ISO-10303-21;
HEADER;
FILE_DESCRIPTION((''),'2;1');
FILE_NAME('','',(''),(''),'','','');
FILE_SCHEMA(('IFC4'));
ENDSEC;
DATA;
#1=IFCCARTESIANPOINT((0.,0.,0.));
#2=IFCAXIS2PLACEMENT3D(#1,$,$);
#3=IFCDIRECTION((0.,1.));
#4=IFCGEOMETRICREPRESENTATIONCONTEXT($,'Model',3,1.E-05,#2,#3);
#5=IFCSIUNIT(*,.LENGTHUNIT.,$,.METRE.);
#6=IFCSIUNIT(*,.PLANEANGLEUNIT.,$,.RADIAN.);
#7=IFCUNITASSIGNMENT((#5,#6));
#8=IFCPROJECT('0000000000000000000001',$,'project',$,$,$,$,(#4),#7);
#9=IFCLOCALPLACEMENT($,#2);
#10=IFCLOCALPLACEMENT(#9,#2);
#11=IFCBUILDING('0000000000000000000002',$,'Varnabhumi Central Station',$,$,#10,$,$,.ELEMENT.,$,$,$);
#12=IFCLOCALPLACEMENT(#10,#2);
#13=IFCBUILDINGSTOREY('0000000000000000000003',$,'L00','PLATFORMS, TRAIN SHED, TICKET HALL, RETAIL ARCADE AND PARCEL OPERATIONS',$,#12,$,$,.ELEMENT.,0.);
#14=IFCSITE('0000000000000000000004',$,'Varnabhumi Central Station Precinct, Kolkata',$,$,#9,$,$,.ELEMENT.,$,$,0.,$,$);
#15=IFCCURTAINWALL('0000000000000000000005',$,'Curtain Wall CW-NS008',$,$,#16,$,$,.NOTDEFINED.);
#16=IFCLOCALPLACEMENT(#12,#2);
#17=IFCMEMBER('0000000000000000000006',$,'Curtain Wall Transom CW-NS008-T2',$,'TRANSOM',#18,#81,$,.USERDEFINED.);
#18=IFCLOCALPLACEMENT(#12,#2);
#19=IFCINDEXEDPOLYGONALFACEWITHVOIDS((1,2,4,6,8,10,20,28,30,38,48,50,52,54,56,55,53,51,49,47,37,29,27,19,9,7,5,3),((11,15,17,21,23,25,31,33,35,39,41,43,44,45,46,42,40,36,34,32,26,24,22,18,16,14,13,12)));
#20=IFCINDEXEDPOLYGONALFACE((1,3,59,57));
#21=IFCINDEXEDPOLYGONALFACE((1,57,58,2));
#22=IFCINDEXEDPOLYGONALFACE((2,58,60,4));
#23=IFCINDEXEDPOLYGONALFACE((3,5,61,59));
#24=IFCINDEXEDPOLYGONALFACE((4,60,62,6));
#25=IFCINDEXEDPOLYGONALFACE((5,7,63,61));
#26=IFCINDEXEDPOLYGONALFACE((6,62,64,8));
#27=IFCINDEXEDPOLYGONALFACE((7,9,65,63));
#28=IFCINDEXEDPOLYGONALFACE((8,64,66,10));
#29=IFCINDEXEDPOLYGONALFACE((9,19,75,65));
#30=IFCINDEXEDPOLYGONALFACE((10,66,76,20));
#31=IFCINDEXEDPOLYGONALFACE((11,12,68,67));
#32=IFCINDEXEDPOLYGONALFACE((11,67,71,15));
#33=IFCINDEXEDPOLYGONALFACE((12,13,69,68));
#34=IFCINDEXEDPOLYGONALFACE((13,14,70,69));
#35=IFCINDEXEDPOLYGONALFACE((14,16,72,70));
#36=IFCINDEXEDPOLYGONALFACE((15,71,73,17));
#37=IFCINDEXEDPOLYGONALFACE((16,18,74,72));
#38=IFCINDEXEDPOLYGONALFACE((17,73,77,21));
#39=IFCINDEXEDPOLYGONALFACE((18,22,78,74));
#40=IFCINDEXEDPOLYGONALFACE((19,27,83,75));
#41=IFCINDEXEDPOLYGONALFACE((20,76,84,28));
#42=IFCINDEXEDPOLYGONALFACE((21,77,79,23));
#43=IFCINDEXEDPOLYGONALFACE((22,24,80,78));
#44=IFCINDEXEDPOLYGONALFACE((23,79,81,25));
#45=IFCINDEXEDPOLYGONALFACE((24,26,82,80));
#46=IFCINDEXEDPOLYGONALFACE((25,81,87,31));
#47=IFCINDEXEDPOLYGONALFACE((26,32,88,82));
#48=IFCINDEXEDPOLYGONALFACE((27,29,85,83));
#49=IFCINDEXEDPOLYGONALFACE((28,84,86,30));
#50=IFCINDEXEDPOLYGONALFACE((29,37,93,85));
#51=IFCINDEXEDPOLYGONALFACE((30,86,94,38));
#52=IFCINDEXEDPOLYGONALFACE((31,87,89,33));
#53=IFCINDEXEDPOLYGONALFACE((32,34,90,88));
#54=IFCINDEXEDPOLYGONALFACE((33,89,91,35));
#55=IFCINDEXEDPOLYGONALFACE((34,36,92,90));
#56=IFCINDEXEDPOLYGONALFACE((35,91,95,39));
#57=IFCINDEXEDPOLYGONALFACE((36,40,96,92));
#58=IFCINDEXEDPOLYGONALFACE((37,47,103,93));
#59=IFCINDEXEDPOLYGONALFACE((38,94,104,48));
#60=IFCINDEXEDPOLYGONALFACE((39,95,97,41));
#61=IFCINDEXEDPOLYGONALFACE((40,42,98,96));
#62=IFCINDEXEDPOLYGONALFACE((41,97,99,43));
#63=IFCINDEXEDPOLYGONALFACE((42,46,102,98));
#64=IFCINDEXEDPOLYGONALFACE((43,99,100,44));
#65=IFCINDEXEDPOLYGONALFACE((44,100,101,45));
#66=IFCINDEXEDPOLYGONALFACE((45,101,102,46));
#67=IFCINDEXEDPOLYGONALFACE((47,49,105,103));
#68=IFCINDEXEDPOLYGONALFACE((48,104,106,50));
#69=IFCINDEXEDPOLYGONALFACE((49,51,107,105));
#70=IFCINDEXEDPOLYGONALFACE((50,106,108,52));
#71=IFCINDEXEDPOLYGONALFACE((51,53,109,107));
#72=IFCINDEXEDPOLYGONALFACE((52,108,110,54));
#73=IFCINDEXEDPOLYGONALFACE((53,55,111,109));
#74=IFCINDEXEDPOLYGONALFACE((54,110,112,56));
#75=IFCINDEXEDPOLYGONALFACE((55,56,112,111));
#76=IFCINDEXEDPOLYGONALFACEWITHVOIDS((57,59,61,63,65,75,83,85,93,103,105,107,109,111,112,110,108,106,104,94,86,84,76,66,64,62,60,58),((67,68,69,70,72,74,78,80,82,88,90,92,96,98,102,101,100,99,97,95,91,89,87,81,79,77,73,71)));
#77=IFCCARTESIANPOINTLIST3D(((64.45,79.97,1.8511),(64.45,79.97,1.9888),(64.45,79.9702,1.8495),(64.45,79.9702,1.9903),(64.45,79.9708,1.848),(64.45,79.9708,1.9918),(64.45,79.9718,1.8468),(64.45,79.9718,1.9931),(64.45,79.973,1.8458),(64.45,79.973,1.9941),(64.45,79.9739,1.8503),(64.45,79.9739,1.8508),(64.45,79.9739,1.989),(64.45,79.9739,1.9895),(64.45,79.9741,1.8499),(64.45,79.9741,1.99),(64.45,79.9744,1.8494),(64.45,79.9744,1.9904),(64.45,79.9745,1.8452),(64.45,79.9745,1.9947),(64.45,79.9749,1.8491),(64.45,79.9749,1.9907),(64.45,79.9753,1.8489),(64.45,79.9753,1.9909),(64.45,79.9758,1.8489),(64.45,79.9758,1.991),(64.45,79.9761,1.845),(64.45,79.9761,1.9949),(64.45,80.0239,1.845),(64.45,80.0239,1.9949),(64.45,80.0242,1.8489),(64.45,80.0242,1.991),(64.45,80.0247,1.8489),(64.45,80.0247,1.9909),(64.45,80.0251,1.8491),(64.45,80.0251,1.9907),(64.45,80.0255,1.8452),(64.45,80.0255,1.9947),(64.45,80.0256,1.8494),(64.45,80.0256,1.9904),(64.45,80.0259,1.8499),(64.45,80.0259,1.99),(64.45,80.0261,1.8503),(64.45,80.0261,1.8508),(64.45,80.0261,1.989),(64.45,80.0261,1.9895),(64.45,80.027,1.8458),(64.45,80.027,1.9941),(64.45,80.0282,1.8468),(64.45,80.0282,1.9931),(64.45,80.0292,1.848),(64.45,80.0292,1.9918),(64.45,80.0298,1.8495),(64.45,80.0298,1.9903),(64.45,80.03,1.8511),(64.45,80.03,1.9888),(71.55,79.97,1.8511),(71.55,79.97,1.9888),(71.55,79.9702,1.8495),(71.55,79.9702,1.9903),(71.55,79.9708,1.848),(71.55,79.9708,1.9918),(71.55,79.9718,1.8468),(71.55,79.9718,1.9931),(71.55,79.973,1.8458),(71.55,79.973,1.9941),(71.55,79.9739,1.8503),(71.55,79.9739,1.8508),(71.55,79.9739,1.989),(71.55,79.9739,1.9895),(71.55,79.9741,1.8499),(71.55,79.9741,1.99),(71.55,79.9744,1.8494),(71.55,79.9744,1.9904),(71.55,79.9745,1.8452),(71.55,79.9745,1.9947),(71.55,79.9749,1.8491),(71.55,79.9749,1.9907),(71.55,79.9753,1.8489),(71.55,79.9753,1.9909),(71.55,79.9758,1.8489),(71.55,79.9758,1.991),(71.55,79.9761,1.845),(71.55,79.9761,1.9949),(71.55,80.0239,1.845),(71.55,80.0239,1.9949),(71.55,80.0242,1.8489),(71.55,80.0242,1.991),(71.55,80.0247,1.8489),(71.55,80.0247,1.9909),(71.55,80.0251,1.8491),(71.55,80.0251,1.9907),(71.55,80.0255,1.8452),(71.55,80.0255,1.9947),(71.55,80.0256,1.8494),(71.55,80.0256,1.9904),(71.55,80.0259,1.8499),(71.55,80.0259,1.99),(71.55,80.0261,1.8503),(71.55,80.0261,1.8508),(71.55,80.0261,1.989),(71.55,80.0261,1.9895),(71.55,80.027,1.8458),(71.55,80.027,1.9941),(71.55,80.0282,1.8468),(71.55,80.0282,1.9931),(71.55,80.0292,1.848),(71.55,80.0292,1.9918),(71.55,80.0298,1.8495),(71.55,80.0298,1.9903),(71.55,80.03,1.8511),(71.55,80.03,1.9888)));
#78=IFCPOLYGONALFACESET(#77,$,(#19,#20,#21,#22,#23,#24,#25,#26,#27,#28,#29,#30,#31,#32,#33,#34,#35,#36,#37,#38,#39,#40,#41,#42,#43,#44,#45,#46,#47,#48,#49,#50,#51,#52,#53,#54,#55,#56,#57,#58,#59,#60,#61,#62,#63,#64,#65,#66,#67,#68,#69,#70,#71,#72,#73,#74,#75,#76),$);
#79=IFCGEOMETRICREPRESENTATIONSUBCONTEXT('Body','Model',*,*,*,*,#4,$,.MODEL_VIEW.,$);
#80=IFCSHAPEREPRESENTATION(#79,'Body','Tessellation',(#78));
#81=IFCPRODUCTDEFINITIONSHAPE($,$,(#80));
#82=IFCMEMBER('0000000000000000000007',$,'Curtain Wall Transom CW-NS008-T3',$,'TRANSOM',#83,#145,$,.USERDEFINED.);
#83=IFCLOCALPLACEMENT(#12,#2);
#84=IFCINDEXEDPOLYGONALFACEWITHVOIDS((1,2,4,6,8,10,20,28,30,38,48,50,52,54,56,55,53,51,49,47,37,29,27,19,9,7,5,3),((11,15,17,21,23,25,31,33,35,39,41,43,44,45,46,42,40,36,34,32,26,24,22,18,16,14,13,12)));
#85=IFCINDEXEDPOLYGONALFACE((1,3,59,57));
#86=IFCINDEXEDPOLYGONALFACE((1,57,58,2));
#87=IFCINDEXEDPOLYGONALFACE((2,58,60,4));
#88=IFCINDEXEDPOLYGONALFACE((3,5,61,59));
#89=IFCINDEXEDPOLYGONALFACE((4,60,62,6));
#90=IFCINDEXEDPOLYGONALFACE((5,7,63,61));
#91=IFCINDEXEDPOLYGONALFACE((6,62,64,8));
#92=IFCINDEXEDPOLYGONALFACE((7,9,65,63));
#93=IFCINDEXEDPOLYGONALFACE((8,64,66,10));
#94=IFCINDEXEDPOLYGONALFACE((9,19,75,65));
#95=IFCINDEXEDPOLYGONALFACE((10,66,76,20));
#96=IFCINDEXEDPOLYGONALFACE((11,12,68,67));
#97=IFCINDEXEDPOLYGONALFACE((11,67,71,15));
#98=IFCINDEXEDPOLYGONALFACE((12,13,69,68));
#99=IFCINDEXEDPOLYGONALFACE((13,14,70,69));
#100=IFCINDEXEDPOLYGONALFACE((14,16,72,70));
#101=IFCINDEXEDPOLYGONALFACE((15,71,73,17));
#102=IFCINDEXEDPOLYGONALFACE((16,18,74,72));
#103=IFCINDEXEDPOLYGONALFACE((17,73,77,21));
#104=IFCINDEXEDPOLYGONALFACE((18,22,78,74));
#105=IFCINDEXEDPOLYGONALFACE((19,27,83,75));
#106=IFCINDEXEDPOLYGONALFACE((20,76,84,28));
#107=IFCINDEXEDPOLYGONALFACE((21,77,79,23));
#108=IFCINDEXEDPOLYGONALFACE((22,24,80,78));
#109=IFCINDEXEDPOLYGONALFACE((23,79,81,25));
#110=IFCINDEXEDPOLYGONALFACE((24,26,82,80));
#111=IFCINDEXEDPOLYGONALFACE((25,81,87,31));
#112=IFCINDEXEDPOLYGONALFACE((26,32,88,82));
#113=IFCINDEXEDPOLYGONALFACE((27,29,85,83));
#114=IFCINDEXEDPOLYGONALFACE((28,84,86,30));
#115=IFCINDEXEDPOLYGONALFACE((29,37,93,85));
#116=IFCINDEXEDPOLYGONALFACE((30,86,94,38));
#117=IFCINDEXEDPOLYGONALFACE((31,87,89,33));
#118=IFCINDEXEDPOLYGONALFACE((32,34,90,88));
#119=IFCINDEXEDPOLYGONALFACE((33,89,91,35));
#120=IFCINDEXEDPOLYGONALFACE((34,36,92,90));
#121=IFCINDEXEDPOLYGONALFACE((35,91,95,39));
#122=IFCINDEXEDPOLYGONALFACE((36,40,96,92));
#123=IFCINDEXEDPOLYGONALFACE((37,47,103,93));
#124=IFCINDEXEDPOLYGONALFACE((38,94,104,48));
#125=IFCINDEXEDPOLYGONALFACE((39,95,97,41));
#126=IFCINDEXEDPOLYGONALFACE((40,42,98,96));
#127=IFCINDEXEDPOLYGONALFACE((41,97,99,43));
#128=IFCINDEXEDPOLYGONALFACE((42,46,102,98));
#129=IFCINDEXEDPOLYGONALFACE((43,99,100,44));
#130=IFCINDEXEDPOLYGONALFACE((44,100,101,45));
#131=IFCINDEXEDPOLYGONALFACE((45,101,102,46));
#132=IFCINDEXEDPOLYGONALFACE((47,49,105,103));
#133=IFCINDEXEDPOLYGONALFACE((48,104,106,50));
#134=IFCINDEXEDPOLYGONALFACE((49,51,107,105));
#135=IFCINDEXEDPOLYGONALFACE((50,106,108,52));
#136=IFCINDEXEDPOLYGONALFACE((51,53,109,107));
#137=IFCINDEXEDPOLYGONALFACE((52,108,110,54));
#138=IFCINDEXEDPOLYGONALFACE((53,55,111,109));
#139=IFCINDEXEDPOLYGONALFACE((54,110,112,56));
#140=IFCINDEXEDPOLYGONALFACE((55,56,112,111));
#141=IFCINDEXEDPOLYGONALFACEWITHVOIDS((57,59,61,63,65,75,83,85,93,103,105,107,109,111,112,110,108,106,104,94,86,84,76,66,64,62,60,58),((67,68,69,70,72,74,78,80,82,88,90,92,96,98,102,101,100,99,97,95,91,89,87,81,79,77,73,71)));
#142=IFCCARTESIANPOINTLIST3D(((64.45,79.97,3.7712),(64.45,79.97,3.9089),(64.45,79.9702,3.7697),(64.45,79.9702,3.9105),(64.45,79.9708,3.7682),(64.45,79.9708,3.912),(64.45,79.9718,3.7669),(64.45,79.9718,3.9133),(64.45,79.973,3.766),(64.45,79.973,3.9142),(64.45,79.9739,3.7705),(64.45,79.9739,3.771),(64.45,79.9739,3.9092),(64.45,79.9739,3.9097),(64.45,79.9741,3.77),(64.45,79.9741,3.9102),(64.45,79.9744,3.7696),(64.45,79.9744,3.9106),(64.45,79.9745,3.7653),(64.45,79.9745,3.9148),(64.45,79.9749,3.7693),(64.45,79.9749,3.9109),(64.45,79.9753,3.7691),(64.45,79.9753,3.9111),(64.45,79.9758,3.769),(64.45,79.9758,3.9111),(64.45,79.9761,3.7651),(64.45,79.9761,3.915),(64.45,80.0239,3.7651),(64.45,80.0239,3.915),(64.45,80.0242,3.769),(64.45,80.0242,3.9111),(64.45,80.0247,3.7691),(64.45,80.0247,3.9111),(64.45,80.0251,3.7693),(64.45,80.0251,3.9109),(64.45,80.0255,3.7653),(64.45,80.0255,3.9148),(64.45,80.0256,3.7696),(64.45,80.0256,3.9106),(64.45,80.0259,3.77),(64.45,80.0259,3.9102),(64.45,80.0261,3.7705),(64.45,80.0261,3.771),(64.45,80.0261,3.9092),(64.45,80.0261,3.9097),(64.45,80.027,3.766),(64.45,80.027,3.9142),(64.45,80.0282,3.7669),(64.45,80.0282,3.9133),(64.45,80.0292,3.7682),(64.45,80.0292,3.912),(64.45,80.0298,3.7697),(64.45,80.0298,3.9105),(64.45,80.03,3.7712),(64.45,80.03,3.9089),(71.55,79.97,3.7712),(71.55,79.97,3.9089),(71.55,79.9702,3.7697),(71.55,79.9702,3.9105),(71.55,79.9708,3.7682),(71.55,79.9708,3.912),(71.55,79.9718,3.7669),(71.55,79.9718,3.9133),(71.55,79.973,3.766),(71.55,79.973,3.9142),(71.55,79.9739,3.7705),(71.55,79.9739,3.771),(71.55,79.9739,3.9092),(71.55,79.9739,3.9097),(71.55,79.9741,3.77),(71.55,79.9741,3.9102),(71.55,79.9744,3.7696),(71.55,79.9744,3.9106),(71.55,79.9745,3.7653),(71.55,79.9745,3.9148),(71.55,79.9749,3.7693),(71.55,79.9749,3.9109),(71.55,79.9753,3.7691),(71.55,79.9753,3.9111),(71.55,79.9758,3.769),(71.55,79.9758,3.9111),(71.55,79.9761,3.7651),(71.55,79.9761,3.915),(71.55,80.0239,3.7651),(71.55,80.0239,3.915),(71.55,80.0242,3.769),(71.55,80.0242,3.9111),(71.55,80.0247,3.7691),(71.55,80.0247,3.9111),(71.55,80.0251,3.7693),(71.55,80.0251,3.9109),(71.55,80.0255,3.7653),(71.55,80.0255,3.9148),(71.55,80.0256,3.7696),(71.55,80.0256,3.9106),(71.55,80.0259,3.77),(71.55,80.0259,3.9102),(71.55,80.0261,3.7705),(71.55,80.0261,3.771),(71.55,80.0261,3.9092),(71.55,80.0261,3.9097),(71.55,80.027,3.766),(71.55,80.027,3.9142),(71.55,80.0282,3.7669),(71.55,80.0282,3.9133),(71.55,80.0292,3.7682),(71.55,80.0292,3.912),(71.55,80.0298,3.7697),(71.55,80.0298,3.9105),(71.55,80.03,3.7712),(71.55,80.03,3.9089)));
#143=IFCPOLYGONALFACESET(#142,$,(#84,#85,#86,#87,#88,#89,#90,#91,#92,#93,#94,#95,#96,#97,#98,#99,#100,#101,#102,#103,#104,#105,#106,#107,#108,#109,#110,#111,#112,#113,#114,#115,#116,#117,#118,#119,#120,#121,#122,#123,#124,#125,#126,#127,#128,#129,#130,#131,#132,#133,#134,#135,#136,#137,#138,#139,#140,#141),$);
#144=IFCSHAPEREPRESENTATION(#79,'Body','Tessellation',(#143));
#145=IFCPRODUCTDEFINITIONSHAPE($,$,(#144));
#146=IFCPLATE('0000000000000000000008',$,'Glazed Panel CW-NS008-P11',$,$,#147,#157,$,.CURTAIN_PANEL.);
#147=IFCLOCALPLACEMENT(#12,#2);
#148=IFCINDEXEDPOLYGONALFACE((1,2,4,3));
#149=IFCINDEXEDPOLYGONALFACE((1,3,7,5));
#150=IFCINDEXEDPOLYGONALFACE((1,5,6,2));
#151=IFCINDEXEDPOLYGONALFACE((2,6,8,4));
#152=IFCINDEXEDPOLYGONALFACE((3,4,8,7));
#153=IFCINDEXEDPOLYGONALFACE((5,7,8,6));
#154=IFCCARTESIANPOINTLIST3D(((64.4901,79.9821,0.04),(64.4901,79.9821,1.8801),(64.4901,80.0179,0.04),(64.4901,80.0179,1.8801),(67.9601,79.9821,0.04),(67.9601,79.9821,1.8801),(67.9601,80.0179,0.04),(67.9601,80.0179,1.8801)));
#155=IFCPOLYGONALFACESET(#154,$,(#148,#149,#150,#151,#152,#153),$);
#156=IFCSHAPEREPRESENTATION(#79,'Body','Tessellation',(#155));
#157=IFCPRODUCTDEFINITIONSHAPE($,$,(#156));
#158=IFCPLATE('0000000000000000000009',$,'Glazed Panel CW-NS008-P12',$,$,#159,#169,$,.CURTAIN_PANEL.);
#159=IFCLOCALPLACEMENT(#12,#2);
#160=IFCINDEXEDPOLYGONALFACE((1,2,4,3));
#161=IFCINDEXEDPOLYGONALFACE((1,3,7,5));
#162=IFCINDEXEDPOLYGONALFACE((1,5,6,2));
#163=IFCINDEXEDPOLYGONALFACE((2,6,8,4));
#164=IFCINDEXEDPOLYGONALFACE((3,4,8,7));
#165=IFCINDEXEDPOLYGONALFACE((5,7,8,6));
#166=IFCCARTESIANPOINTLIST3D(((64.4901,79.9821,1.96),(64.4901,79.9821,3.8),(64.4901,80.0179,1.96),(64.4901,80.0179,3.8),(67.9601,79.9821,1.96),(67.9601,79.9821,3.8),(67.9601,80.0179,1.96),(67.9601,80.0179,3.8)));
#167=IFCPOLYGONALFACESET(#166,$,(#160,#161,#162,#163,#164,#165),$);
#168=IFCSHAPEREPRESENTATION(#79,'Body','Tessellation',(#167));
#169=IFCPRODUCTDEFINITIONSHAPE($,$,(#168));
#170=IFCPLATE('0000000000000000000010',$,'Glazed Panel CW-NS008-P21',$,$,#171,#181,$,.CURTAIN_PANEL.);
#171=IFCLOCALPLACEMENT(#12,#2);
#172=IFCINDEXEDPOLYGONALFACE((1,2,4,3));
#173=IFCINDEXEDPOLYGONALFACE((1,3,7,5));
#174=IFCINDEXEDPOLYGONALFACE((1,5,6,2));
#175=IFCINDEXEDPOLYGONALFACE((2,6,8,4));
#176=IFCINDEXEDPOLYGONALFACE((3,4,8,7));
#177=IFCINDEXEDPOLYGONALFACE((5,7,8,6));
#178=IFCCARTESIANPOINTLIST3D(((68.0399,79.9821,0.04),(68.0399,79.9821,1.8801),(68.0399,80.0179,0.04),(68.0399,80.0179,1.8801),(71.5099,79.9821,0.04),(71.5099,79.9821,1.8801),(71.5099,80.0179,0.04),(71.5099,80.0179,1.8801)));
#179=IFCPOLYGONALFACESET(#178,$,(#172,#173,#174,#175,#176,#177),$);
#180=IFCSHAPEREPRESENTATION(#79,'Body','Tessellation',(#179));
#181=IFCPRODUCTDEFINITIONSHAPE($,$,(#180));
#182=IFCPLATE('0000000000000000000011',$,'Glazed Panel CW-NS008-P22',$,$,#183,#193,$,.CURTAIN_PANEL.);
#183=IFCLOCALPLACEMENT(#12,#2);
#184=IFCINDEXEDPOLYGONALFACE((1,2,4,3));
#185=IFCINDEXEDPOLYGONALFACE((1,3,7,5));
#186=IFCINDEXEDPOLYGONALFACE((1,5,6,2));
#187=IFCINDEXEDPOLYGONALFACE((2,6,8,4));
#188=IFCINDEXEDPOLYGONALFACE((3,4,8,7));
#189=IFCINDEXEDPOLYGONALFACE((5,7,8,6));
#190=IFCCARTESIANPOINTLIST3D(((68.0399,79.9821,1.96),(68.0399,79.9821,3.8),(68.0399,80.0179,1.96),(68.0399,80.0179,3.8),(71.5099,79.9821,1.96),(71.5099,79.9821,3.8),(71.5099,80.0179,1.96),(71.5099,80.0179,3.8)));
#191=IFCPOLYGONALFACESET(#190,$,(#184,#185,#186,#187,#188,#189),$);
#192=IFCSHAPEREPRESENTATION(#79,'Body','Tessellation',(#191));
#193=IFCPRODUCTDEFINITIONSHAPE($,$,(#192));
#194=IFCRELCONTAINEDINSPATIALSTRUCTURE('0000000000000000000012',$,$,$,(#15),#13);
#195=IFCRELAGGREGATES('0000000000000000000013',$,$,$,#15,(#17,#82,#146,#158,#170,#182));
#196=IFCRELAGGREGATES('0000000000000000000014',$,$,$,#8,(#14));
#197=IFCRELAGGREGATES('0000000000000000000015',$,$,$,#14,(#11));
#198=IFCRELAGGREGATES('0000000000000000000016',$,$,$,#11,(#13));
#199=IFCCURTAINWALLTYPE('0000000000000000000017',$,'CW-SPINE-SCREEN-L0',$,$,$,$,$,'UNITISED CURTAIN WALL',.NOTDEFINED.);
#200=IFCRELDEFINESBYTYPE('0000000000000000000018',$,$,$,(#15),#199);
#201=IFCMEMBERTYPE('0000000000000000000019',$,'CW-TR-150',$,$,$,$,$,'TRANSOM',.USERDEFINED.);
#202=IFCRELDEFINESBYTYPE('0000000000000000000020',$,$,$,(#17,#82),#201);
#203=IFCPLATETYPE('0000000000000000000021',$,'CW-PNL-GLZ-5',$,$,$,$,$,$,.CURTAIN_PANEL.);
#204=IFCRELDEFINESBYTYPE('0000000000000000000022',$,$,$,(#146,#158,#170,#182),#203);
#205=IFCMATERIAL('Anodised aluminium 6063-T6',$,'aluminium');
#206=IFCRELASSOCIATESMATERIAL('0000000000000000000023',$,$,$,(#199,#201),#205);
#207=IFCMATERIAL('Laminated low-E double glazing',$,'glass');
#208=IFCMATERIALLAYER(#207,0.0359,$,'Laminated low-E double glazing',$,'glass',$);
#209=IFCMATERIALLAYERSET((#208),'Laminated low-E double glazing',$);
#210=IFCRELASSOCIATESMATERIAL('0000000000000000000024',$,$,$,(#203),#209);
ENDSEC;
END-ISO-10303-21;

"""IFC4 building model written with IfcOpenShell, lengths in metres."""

from ifc_helpers import new_model, si_unit, direction, frame, origin, origin_2d, place, context, subcontext, project, spatial, rectangle, hollow_rectangle, extrude, material, layer, layer_set, material_profile, profile_set, type_object, element, aggregate, save


model = new_model("IFC4")

# Units and contexts
model_context = context("Model", 3, precision=1e-05, world=origin(), true_north=direction((0.0, 1.0)))
body_context = subcontext(model_context, "Body", "Model", "MODEL_VIEW")
ifc_project = project(units=[si_unit("LENGTHUNIT", "METRE"), si_unit("PLANEANGLEUNIT", "RADIAN")], contexts=[model_context])

# Site, building, storey
site_placement = place(None, origin())
site = spatial("IfcSite", under=ifc_project, at=site_placement, Name="Varnabhumi Central Station Precinct, Kolkata", CompositionType="ELEMENT", RefElevation=0.0)
building_placement = place(site_placement, origin())
building = spatial("IfcBuilding", under=site, at=building_placement, Name="Varnabhumi Central Station", CompositionType="ELEMENT")
storey_placement = place(building_placement, origin())
storey = spatial("IfcBuildingStorey", under=building, at=storey_placement, Name="L00", Description="PLATFORMS, TRAIN SHED, TICKET HALL, RETAIL ARCADE AND PARCEL OPERATIONS", CompositionType="ELEMENT", Elevation=0.0)

# Curtain wall, members, plates
ifc_material_1 = material(Name="Anodised aluminium 6063-T6", Category="aluminium")
curtain_wall_type = type_object("IfcCurtainWallType", Name="CW-SPINE-SCREEN-L0", ElementType="UNITISED CURTAIN WALL", PredefinedType="NOTDEFINED", material=ifc_material_1)
curtain_wall_placement = place(storey_placement, origin())
curtain_wall = element("IfcCurtainWall", 1, at=curtain_wall_placement, inside=storey, type_object=curtain_wall_type, Name="Curtain Wall CW-NS008", PredefinedType="NOTDEFINED")
ifc_material_profile_1 = material_profile(ifc_material_1, hollow_rectangle(XDim=0.0601, YDim=0.1499, WallThickness=0.0039, InnerFilletRadius=0.002, OuterFilletRadius=0.0061, at=origin_2d()), Name="Anodised aluminium 6063-T6", Category="aluminium")
ifc_profile_set_1 = profile_set([ifc_material_profile_1], Name="Anodised aluminium 6063-T6")
member_type_1 = type_object("IfcMemberType", Name="CW-TR-150", ElementType="TRANSOM", PredefinedType="USERDEFINED", material=ifc_profile_set_1)
member_1_placement = place(storey_placement, frame((64.45, 80.0, 1.9199), z_axis=(1.0, 0.0, 0.0), x_axis=(0.0, 1.0, 0.0)))
member_1 = element("IfcMember", 2, at=member_1_placement, type_object=member_type_1, Name="Curtain Wall Transom CW-NS008-T2", ObjectType="TRANSOM", PredefinedType="USERDEFINED", context=body_context, shape_type="SweptSolid", body=[
    extrude(hollow_rectangle(XDim=0.0601, YDim=0.1499, WallThickness=0.0039, InnerFilletRadius=0.002, OuterFilletRadius=0.0061, at=origin_2d()), origin(), (0.0, 0.0, 1.0), 7.1001),
])
member_2_placement = place(storey_placement, frame((64.45, 80.0, 3.8401), z_axis=(1.0, 0.0, 0.0), x_axis=(0.0, 1.0, 0.0)))
member_2 = element("IfcMember", 3, at=member_2_placement, type_object=member_type_1, Name="Curtain Wall Transom CW-NS008-T3", ObjectType="TRANSOM", PredefinedType="USERDEFINED", context=body_context, shape_type="SweptSolid", body=[
    extrude(hollow_rectangle(XDim=0.0601, YDim=0.1499, WallThickness=0.0039, InnerFilletRadius=0.002, OuterFilletRadius=0.0061, at=origin_2d()), origin(), (0.0, 0.0, 1.0), 7.1001),
])
ifc_material_2 = material(Name="Laminated low-E double glazing", Category="glass")
ifc_layer_1 = layer(ifc_material_2, 0.0359, Name="Laminated low-E double glazing", Category="glass")
ifc_layer_set_1 = layer_set([ifc_layer_1], Name="Laminated low-E double glazing")
plate_type_1 = type_object("IfcPlateType", Name="CW-PNL-GLZ-5", PredefinedType="CURTAIN_PANEL", material=ifc_layer_set_1)
plate_1_placement = place(storey_placement, frame((66.2251, 80.0, 0.04), z_axis=(0.0, 0.0, 1.0), x_axis=(1.0, 0.0, 0.0)))
plate_1 = element("IfcPlate", 4, at=plate_1_placement, type_object=plate_type_1, Name="Glazed Panel CW-NS008-P11", PredefinedType="CURTAIN_PANEL", context=body_context, shape_type="SweptSolid", body=[
    extrude(rectangle(XDim=3.47, YDim=0.0359, at=origin_2d()), origin(), (0.0, 0.0, 1.0), 1.8401),
])
plate_2_placement = place(storey_placement, frame((66.2251, 80.0, 1.96), z_axis=(0.0, 0.0, 1.0), x_axis=(1.0, 0.0, 0.0)))
plate_2 = element("IfcPlate", 5, at=plate_2_placement, type_object=plate_type_1, Name="Glazed Panel CW-NS008-P12", PredefinedType="CURTAIN_PANEL", context=body_context, shape_type="SweptSolid", body=[
    extrude(rectangle(XDim=3.47, YDim=0.0359, at=origin_2d()), origin(), (0.0, 0.0, 1.0), 1.8401),
])
plate_3_placement = place(storey_placement, frame((69.7749, 80.0, 0.04), z_axis=(0.0, 0.0, 1.0), x_axis=(1.0, 0.0, 0.0)))
plate_3 = element("IfcPlate", 6, at=plate_3_placement, type_object=plate_type_1, Name="Glazed Panel CW-NS008-P21", PredefinedType="CURTAIN_PANEL", context=body_context, shape_type="SweptSolid", body=[
    extrude(rectangle(XDim=3.47, YDim=0.0359, at=origin_2d()), origin(), (0.0, 0.0, 1.0), 1.8401),
])
plate_4_placement = place(storey_placement, frame((69.7749, 80.0, 1.96), z_axis=(0.0, 0.0, 1.0), x_axis=(1.0, 0.0, 0.0)))
plate_4 = element("IfcPlate", 7, at=plate_4_placement, type_object=plate_type_1, Name="Glazed Panel CW-NS008-P22", PredefinedType="CURTAIN_PANEL", context=body_context, shape_type="SweptSolid", body=[
    extrude(rectangle(XDim=3.47, YDim=0.0359, at=origin_2d()), origin(), (0.0, 0.0, 1.0), 1.8401),
])
aggregate(curtain_wall, [member_1, member_2, plate_1, plate_2, plate_3, plate_4])

save(model, "model.ifc")
